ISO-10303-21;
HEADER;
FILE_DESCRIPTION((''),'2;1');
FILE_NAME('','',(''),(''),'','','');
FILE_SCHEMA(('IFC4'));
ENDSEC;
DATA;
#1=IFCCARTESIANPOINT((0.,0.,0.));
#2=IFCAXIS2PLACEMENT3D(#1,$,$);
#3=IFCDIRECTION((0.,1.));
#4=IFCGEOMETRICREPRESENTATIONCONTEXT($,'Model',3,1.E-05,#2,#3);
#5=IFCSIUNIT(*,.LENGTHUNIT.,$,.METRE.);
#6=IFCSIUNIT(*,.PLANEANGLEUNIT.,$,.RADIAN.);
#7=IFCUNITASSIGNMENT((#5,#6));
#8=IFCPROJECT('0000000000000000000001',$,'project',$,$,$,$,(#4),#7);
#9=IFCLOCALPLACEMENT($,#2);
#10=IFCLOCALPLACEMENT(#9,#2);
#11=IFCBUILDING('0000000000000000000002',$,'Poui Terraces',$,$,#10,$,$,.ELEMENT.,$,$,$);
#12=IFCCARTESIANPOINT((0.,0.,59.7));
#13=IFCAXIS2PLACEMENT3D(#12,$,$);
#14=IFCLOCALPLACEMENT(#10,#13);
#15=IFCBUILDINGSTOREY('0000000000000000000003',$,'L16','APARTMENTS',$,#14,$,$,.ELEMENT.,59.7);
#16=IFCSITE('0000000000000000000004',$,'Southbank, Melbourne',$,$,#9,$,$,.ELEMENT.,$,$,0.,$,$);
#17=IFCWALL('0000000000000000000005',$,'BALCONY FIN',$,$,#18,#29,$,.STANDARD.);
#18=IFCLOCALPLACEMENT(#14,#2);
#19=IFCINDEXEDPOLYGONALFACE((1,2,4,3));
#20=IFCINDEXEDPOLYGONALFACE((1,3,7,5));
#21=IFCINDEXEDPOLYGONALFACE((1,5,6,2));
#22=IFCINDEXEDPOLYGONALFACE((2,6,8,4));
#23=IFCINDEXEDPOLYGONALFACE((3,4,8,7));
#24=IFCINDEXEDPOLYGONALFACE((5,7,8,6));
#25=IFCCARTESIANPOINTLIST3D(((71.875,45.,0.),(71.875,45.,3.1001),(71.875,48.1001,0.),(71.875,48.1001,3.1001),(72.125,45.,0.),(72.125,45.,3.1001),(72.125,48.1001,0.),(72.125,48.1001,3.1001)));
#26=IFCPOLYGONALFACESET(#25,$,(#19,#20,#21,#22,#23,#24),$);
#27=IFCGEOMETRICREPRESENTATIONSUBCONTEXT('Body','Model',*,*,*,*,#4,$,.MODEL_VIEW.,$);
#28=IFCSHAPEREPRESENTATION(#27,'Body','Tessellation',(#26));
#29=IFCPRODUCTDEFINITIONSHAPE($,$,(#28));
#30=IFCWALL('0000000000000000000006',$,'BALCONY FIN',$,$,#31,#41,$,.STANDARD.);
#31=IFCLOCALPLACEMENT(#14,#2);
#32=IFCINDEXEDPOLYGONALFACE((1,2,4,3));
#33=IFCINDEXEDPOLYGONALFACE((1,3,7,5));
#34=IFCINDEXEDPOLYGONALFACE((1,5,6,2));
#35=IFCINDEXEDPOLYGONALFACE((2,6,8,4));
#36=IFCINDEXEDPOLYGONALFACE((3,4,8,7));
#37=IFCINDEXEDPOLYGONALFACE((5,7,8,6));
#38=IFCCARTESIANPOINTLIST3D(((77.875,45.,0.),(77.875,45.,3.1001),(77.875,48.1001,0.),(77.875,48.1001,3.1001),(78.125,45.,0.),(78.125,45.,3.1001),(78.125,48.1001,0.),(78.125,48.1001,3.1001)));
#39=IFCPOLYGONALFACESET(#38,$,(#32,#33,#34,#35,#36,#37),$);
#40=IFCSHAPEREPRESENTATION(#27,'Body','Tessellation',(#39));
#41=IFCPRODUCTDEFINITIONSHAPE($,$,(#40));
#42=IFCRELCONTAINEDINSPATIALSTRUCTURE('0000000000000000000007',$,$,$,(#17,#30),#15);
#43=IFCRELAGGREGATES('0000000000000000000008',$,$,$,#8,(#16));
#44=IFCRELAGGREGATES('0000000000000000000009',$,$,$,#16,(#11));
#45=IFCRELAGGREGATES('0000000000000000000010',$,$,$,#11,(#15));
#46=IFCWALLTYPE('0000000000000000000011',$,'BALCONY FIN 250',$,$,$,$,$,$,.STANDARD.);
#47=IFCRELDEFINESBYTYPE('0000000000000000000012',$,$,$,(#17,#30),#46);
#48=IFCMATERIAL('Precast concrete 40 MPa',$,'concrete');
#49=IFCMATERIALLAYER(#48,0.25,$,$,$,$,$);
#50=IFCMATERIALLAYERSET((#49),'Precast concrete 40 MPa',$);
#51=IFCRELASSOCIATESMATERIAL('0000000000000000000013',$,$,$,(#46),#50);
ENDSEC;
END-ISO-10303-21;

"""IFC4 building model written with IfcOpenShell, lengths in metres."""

from ifc_helpers import new_model, si_unit, direction, frame, origin, place, context, subcontext, project, spatial, polyline, outline, extrude, source, transform, mapped, material, layer, layer_set, type_object, element, save


model = new_model("IFC4")

# Units and contexts
model_context = context("Model", 3, precision=1e-05, world=origin(), true_north=direction((0.0, 1.0)))
body_context = subcontext(model_context, "Body", "Model", "MODEL_VIEW")
ifc_project = project(units=[si_unit("LENGTHUNIT", "METRE"), si_unit("PLANEANGLEUNIT", "RADIAN")], contexts=[model_context])

# Site, building, storey
site_placement = place(None, origin())
site = spatial("IfcSite", under=ifc_project, at=site_placement, Name="Southbank, Melbourne", CompositionType="ELEMENT", RefElevation=0.0)
building_placement = place(site_placement, origin())
building = spatial("IfcBuilding", under=site, at=building_placement, Name="Poui Terraces", CompositionType="ELEMENT")
storey_placement = place(building_placement, frame((0.0, 0.0, 59.7)))
storey = spatial("IfcBuildingStorey", under=building, at=storey_placement, Name="L16", Description="APARTMENTS", CompositionType="ELEMENT", Elevation=59.7)

# Walls
ifc_material_1 = material(Name="Precast concrete 40 MPa", Category="concrete")
ifc_layer_1 = layer(ifc_material_1, 0.25)
ifc_layer_set_1 = layer_set([ifc_layer_1], Name="Precast concrete 40 MPa")
wall_type_1 = type_object("IfcWallType", Name="BALCONY FIN 250", PredefinedType="STANDARD", material=ifc_layer_set_1)
shared_shape_1 = source(origin(), body_context, "Body", "SweptSolid", [
    extrude(outline(polyline([(0.0, 0.0), (0.25, 0.0), (0.25, 3.1001), (0.0, 3.1001), (0.0, 0.0)])), origin(), (0.0, 0.0, 1.0), 3.1001),
])
for number, where, name in (
    (1, (71.875, 45.0, 0.0), "BALCONY FIN"),
    (2, (77.875, 45.0, 0.0), "BALCONY FIN"),
):
    element("IfcWall", number, at=place(storey_placement, frame(where)), inside=storey, type_object=wall_type_1, Name=name, PredefinedType="STANDARD", context=body_context, shape_type="MappedRepresentation", body=[
        mapped(shared_shape_1, transform((0.0, 0.0, 0.0))),
    ])

save(model, "model.ifc")
